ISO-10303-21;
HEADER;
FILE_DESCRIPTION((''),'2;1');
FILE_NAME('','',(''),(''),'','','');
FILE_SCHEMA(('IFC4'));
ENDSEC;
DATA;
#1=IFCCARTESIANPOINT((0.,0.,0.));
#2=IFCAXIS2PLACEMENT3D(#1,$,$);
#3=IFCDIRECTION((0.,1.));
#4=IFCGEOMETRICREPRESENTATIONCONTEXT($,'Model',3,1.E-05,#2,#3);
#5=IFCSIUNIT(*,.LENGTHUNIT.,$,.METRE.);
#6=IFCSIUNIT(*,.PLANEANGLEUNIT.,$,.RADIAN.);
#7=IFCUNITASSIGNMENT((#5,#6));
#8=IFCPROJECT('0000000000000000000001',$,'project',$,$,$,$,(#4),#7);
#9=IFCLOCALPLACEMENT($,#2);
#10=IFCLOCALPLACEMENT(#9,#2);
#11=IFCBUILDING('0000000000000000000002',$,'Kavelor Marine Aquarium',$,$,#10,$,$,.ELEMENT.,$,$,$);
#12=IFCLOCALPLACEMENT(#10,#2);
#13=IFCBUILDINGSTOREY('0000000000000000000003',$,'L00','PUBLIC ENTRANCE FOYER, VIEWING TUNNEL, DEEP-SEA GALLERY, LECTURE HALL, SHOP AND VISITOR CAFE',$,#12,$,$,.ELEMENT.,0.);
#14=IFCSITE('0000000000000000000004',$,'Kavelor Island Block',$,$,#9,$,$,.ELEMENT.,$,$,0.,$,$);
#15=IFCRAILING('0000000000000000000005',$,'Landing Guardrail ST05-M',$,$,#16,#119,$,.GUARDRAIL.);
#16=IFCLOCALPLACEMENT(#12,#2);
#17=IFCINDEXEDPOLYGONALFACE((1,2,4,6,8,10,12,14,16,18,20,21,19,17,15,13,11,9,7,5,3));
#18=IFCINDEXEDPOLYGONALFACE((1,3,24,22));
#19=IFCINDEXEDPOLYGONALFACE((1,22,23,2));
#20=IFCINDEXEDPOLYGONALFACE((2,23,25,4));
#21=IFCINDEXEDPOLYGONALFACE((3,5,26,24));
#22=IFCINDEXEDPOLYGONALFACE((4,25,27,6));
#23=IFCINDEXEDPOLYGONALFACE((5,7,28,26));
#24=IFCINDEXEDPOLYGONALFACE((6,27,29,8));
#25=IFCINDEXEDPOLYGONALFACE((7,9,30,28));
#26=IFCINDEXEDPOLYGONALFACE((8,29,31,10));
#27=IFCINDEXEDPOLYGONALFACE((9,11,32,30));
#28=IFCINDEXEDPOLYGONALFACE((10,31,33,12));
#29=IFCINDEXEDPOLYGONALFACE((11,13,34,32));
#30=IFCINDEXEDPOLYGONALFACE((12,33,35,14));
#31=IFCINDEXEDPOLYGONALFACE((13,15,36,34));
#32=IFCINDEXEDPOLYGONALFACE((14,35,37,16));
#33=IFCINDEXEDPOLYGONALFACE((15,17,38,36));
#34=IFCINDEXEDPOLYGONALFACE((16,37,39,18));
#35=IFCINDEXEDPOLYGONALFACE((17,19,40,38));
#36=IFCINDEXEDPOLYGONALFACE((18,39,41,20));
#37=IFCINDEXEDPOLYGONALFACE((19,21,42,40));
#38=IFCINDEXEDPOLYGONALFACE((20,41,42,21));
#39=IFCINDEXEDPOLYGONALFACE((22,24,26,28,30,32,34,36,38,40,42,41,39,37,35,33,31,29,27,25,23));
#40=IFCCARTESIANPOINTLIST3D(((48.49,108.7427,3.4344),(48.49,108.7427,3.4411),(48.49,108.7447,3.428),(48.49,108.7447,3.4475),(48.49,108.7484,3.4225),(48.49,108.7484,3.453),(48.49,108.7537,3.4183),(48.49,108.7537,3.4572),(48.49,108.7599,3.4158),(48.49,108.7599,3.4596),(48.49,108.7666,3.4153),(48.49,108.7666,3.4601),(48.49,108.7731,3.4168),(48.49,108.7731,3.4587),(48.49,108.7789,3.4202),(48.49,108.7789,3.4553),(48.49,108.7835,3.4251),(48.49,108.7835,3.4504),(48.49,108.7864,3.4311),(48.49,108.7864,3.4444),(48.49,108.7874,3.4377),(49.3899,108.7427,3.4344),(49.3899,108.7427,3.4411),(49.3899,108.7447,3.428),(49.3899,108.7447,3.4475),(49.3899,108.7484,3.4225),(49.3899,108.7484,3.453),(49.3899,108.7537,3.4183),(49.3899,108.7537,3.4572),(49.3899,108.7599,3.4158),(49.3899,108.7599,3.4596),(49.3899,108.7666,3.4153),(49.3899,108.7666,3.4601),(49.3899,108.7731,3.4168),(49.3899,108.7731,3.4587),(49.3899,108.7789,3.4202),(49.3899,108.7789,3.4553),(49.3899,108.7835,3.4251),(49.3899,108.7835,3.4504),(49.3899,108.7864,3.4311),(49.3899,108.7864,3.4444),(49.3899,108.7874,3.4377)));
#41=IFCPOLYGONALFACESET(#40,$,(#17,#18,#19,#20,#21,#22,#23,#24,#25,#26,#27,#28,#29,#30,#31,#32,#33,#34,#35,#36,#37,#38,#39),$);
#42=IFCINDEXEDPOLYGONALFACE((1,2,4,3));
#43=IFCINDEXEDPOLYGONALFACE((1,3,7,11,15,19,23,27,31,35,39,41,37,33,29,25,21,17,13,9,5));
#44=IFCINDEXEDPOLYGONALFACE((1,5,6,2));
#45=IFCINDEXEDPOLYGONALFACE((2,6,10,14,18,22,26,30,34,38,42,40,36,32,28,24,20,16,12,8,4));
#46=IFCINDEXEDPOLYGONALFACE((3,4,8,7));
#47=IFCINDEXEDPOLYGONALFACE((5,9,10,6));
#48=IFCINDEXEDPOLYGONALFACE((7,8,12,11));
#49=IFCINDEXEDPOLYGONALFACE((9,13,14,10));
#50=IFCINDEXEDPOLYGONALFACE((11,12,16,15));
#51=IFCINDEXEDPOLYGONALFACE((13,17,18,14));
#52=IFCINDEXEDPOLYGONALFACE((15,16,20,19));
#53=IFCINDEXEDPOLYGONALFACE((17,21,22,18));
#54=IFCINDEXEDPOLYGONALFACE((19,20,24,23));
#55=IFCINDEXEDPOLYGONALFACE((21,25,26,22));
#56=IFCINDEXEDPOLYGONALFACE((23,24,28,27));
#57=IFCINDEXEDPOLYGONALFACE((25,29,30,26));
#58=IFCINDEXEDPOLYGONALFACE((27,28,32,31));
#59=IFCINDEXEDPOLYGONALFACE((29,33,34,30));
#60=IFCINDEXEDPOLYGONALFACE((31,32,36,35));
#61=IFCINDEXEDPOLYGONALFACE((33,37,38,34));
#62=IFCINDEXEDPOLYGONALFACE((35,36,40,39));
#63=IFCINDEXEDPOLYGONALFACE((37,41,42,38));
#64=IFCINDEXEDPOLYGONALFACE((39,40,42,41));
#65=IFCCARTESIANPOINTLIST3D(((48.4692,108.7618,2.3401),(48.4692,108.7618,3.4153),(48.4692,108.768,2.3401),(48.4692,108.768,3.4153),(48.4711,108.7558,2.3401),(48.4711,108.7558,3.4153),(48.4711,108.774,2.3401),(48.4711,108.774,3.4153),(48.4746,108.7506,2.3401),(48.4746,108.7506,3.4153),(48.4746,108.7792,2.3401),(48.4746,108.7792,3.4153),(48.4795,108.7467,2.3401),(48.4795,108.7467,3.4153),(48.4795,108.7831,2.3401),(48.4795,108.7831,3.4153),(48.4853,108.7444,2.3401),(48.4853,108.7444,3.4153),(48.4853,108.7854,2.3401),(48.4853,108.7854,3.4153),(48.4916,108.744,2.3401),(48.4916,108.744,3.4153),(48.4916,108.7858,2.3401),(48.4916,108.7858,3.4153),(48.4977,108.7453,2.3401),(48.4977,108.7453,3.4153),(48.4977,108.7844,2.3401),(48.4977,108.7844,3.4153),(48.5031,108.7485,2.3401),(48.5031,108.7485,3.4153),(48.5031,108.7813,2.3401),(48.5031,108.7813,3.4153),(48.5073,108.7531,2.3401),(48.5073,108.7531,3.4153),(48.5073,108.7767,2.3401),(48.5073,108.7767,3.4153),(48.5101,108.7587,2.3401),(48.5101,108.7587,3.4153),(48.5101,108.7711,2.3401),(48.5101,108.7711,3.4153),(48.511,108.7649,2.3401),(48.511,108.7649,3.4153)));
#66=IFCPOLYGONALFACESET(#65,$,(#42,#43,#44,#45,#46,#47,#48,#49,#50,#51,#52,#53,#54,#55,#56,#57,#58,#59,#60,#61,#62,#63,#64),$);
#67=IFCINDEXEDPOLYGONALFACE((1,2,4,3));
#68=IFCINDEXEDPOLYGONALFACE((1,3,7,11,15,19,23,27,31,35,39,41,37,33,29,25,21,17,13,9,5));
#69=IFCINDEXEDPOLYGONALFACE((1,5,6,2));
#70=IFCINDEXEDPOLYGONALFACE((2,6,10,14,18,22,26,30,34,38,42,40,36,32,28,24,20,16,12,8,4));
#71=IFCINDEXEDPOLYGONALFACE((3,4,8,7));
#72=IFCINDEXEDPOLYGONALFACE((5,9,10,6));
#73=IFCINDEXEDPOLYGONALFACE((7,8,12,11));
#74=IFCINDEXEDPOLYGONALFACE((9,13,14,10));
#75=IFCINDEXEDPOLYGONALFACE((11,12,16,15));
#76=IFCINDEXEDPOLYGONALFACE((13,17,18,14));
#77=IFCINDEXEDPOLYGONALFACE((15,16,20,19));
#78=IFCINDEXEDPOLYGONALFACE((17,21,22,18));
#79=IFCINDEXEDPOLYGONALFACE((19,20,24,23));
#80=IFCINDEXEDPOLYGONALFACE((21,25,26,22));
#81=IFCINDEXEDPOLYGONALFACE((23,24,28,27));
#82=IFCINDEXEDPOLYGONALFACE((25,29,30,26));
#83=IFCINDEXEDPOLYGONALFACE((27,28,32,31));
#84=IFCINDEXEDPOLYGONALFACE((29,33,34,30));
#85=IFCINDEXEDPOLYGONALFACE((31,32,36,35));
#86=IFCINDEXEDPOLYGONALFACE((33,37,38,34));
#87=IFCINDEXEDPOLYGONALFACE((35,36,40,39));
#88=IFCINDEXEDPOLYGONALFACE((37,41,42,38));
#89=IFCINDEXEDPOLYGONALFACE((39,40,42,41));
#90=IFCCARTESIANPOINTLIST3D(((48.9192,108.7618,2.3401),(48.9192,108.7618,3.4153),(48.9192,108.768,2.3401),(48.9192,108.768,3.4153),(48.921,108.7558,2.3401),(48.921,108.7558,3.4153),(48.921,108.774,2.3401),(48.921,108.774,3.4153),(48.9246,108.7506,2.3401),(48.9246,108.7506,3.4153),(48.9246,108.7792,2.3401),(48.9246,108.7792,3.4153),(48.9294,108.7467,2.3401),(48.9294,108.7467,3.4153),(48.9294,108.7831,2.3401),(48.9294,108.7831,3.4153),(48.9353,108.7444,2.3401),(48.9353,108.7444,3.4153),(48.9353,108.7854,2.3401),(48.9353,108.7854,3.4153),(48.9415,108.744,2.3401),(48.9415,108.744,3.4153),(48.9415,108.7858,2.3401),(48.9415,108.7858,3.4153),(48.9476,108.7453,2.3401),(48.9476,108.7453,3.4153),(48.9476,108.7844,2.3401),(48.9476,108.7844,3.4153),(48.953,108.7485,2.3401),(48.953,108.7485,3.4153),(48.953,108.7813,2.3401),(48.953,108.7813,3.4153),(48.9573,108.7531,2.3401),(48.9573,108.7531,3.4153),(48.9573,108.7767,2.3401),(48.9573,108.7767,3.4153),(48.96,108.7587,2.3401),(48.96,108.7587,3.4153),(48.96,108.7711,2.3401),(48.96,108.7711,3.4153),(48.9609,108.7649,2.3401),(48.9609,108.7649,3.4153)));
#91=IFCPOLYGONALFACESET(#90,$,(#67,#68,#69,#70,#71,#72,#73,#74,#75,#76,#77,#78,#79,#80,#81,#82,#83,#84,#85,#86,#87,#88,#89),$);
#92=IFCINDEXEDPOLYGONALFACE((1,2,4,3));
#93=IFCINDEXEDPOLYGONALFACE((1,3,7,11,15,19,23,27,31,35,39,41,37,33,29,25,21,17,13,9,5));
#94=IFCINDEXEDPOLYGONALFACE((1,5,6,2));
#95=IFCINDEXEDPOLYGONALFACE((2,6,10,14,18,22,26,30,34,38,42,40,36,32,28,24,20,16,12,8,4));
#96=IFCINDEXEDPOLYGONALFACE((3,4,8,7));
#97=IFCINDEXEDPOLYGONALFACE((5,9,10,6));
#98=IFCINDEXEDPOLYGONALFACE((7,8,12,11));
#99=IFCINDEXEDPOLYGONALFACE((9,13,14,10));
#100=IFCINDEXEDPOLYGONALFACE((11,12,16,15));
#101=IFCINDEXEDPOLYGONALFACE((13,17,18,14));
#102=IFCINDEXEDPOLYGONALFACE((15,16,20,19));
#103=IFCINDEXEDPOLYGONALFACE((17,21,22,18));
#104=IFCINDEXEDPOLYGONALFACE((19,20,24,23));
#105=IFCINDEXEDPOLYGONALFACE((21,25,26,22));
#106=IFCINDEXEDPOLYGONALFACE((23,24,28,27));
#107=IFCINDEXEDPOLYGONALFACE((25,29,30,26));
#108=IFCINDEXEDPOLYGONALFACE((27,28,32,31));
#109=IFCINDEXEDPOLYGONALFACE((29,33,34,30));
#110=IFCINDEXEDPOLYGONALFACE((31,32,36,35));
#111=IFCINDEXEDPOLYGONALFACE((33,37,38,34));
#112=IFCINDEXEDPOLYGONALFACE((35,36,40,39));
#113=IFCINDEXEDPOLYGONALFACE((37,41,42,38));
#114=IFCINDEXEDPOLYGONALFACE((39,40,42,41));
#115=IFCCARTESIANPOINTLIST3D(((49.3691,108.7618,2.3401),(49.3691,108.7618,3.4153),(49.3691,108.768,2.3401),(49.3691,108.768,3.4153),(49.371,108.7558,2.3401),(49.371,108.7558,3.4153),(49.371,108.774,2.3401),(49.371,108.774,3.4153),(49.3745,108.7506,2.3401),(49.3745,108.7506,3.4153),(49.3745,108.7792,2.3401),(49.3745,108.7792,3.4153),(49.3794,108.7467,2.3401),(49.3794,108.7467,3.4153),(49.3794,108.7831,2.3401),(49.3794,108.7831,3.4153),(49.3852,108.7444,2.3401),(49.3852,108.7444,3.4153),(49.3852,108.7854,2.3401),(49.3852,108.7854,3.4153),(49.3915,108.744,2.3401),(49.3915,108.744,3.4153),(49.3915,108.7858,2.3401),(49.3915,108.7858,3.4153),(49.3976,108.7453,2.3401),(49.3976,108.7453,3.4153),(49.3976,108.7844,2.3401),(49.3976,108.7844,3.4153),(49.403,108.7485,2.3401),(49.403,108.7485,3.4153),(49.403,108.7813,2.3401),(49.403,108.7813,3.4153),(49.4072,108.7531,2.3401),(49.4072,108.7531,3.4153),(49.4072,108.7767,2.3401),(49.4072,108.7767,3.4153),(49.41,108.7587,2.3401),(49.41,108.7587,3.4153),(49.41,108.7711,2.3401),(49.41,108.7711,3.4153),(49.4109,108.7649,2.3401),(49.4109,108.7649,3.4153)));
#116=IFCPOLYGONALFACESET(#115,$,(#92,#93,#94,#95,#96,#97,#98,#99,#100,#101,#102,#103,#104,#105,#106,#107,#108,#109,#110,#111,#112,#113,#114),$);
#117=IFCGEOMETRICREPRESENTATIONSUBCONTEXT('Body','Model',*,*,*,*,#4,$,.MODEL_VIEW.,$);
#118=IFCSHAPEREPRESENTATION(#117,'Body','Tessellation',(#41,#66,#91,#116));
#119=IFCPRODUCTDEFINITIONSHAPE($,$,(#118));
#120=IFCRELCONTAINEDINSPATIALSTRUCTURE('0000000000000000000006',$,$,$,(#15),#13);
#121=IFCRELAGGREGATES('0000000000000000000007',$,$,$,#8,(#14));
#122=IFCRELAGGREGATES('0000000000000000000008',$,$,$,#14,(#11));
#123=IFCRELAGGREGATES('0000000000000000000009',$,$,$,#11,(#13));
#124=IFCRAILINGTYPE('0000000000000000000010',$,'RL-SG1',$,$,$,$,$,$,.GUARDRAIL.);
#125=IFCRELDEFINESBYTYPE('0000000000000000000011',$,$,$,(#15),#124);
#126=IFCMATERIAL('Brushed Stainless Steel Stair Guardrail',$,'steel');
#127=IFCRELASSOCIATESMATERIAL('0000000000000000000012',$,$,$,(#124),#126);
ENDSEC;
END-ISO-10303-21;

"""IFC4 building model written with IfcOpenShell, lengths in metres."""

from ifc_helpers import new_model, si_unit, direction, frame, origin, origin_2d, place, context, subcontext, project, spatial, circle, extrude, material, type_object, element, save


model = new_model("IFC4")

# Units and contexts
model_context = context("Model", 3, precision=1e-05, world=origin(), true_north=direction((0.0, 1.0)))
body_context = subcontext(model_context, "Body", "Model", "MODEL_VIEW")
ifc_project = project(units=[si_unit("LENGTHUNIT", "METRE"), si_unit("PLANEANGLEUNIT", "RADIAN")], contexts=[model_context])

# Site, building, storey
site_placement = place(None, origin())
site = spatial("IfcSite", under=ifc_project, at=site_placement, Name="Kavelor Island Block", CompositionType="ELEMENT", RefElevation=0.0)
building_placement = place(site_placement, origin())
building = spatial("IfcBuilding", under=site, at=building_placement, Name="Kavelor Marine Aquarium", CompositionType="ELEMENT")
storey_placement = place(building_placement, origin())
storey = spatial("IfcBuildingStorey", under=building, at=storey_placement, Name="L00", Description="PUBLIC ENTRANCE FOYER, VIEWING TUNNEL, DEEP-SEA GALLERY, LECTURE HALL, SHOP AND VISITOR CAFE", CompositionType="ELEMENT", Elevation=0.0)

# Railing
ifc_material_1 = material(Name="Brushed Stainless Steel Stair Guardrail", Category="steel")
railing_type_1 = type_object("IfcRailingType", Name="RL-SG1", PredefinedType="GUARDRAIL", material=ifc_material_1)
railing_1_placement = place(storey_placement, frame((48.49, 108.7649, 2.3401)))
element("IfcRailing", 1, at=railing_1_placement, inside=storey, type_object=railing_type_1, Name="Landing Guardrail ST05-M", PredefinedType="GUARDRAIL", context=body_context, shape_type="SweptSolid", body=[
    extrude(circle(Radius=0.0225, at=origin_2d()), frame((0.0, 0.0, 1.0977), z_axis=(1.0, 0.0, 0.0), x_axis=(0.0, 1.0, 0.0)), (0.0, 0.0, 1.0), 0.8999),
    extrude(circle(Radius=0.021, at=origin_2d()), origin(), (0.0, 0.0, 1.0), 1.0752),
    extrude(circle(Radius=0.021, at=origin_2d()), frame((0.45, 0.0, 0.0)), (0.0, 0.0, 1.0), 1.0752),
    extrude(circle(Radius=0.021, at=origin_2d()), frame((0.8999, 0.0, 0.0)), (0.0, 0.0, 1.0), 1.0752),
])

save(model, "model.ifc")
